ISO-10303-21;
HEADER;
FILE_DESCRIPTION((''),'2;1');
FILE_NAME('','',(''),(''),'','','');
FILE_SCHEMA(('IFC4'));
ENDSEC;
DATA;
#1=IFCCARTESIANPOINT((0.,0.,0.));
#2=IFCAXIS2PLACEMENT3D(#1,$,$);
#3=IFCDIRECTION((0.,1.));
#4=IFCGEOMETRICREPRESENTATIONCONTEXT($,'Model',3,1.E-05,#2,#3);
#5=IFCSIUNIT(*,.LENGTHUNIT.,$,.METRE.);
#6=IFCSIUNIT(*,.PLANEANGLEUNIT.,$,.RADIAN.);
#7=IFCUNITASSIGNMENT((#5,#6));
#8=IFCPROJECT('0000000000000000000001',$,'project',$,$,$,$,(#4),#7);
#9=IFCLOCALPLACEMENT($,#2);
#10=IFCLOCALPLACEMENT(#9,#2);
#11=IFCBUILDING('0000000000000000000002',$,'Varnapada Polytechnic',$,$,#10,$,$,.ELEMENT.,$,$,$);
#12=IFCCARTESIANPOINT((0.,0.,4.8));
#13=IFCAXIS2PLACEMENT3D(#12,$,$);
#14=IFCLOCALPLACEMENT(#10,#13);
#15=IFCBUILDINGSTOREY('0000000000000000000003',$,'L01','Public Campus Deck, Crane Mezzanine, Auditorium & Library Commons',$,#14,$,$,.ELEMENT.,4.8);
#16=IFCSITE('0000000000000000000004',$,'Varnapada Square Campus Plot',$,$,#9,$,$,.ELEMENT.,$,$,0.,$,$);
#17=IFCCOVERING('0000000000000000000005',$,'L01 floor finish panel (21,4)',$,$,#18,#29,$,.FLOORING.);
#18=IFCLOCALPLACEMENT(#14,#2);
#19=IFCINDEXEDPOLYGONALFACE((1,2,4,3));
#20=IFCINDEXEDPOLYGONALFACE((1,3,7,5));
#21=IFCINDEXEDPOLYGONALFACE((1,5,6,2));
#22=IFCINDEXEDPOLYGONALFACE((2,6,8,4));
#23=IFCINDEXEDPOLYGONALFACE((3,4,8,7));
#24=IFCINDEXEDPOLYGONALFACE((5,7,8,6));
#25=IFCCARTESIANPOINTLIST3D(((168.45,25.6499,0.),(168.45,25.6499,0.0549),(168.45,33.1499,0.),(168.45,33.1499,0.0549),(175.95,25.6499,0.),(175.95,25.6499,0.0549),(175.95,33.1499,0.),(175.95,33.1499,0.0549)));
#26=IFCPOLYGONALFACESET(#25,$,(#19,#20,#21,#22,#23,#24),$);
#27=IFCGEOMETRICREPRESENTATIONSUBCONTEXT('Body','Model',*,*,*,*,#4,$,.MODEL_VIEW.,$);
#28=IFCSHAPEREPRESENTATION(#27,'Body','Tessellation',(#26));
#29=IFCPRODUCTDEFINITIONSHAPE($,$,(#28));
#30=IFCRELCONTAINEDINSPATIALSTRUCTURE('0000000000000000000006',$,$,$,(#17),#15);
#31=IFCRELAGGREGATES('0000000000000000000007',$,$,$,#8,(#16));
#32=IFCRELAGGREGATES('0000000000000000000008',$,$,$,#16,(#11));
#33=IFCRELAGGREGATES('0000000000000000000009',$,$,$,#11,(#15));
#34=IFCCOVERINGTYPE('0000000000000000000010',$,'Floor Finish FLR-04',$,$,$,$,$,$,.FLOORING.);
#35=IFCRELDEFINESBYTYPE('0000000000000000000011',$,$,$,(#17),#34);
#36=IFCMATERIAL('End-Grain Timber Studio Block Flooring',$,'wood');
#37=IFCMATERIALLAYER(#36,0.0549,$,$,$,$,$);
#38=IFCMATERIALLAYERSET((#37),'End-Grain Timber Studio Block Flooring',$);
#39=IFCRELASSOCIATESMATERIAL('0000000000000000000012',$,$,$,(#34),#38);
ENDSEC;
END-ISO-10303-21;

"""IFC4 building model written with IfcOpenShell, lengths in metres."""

from ifc_helpers import new_model, si_unit, direction, frame, origin, origin_2d, place, context, subcontext, project, spatial, rectangle, extrude, material, layer, layer_set, type_object, element, save


model = new_model("IFC4")

# Units and contexts
model_context = context("Model", 3, precision=1e-05, world=origin(), true_north=direction((0.0, 1.0)))
body_context = subcontext(model_context, "Body", "Model", "MODEL_VIEW")
ifc_project = project(units=[si_unit("LENGTHUNIT", "METRE"), si_unit("PLANEANGLEUNIT", "RADIAN")], contexts=[model_context])

# Site, building, storey
site_placement = place(None, origin())
site = spatial("IfcSite", under=ifc_project, at=site_placement, Name="Varnapada Square Campus Plot", CompositionType="ELEMENT", RefElevation=0.0)
building_placement = place(site_placement, origin())
building = spatial("IfcBuilding", under=site, at=building_placement, Name="Varnapada Polytechnic", CompositionType="ELEMENT")
storey_placement = place(building_placement, frame((0.0, 0.0, 4.8)))
storey = spatial("IfcBuildingStorey", under=building, at=storey_placement, Name="L01", Description="Public Campus Deck, Crane Mezzanine, Auditorium & Library Commons", CompositionType="ELEMENT", Elevation=4.8)

# Covering
ifc_material_1 = material(Name="End-Grain Timber Studio Block Flooring", Category="wood")
ifc_layer_1 = layer(ifc_material_1, 0.0549)
ifc_layer_set_1 = layer_set([ifc_layer_1], Name="End-Grain Timber Studio Block Flooring")
covering_type = type_object("IfcCoveringType", Name="Floor Finish FLR-04", PredefinedType="FLOORING", material=ifc_layer_set_1)
covering_placement = place(storey_placement, frame((172.2, 29.3999, 0.0), z_axis=(0.0, 0.0, 1.0), x_axis=(1.0, 0.0, 0.0)))
element("IfcCovering", 1, at=covering_placement, inside=storey, type_object=covering_type, Name="L01 floor finish panel (21,4)", PredefinedType="FLOORING", context=body_context, shape_type="SweptSolid", body=[
    extrude(rectangle(XDim=7.5, YDim=7.5, at=origin_2d()), origin(), (0.0, 0.0, 1.0), 0.0549),
])

save(model, "model.ifc")
